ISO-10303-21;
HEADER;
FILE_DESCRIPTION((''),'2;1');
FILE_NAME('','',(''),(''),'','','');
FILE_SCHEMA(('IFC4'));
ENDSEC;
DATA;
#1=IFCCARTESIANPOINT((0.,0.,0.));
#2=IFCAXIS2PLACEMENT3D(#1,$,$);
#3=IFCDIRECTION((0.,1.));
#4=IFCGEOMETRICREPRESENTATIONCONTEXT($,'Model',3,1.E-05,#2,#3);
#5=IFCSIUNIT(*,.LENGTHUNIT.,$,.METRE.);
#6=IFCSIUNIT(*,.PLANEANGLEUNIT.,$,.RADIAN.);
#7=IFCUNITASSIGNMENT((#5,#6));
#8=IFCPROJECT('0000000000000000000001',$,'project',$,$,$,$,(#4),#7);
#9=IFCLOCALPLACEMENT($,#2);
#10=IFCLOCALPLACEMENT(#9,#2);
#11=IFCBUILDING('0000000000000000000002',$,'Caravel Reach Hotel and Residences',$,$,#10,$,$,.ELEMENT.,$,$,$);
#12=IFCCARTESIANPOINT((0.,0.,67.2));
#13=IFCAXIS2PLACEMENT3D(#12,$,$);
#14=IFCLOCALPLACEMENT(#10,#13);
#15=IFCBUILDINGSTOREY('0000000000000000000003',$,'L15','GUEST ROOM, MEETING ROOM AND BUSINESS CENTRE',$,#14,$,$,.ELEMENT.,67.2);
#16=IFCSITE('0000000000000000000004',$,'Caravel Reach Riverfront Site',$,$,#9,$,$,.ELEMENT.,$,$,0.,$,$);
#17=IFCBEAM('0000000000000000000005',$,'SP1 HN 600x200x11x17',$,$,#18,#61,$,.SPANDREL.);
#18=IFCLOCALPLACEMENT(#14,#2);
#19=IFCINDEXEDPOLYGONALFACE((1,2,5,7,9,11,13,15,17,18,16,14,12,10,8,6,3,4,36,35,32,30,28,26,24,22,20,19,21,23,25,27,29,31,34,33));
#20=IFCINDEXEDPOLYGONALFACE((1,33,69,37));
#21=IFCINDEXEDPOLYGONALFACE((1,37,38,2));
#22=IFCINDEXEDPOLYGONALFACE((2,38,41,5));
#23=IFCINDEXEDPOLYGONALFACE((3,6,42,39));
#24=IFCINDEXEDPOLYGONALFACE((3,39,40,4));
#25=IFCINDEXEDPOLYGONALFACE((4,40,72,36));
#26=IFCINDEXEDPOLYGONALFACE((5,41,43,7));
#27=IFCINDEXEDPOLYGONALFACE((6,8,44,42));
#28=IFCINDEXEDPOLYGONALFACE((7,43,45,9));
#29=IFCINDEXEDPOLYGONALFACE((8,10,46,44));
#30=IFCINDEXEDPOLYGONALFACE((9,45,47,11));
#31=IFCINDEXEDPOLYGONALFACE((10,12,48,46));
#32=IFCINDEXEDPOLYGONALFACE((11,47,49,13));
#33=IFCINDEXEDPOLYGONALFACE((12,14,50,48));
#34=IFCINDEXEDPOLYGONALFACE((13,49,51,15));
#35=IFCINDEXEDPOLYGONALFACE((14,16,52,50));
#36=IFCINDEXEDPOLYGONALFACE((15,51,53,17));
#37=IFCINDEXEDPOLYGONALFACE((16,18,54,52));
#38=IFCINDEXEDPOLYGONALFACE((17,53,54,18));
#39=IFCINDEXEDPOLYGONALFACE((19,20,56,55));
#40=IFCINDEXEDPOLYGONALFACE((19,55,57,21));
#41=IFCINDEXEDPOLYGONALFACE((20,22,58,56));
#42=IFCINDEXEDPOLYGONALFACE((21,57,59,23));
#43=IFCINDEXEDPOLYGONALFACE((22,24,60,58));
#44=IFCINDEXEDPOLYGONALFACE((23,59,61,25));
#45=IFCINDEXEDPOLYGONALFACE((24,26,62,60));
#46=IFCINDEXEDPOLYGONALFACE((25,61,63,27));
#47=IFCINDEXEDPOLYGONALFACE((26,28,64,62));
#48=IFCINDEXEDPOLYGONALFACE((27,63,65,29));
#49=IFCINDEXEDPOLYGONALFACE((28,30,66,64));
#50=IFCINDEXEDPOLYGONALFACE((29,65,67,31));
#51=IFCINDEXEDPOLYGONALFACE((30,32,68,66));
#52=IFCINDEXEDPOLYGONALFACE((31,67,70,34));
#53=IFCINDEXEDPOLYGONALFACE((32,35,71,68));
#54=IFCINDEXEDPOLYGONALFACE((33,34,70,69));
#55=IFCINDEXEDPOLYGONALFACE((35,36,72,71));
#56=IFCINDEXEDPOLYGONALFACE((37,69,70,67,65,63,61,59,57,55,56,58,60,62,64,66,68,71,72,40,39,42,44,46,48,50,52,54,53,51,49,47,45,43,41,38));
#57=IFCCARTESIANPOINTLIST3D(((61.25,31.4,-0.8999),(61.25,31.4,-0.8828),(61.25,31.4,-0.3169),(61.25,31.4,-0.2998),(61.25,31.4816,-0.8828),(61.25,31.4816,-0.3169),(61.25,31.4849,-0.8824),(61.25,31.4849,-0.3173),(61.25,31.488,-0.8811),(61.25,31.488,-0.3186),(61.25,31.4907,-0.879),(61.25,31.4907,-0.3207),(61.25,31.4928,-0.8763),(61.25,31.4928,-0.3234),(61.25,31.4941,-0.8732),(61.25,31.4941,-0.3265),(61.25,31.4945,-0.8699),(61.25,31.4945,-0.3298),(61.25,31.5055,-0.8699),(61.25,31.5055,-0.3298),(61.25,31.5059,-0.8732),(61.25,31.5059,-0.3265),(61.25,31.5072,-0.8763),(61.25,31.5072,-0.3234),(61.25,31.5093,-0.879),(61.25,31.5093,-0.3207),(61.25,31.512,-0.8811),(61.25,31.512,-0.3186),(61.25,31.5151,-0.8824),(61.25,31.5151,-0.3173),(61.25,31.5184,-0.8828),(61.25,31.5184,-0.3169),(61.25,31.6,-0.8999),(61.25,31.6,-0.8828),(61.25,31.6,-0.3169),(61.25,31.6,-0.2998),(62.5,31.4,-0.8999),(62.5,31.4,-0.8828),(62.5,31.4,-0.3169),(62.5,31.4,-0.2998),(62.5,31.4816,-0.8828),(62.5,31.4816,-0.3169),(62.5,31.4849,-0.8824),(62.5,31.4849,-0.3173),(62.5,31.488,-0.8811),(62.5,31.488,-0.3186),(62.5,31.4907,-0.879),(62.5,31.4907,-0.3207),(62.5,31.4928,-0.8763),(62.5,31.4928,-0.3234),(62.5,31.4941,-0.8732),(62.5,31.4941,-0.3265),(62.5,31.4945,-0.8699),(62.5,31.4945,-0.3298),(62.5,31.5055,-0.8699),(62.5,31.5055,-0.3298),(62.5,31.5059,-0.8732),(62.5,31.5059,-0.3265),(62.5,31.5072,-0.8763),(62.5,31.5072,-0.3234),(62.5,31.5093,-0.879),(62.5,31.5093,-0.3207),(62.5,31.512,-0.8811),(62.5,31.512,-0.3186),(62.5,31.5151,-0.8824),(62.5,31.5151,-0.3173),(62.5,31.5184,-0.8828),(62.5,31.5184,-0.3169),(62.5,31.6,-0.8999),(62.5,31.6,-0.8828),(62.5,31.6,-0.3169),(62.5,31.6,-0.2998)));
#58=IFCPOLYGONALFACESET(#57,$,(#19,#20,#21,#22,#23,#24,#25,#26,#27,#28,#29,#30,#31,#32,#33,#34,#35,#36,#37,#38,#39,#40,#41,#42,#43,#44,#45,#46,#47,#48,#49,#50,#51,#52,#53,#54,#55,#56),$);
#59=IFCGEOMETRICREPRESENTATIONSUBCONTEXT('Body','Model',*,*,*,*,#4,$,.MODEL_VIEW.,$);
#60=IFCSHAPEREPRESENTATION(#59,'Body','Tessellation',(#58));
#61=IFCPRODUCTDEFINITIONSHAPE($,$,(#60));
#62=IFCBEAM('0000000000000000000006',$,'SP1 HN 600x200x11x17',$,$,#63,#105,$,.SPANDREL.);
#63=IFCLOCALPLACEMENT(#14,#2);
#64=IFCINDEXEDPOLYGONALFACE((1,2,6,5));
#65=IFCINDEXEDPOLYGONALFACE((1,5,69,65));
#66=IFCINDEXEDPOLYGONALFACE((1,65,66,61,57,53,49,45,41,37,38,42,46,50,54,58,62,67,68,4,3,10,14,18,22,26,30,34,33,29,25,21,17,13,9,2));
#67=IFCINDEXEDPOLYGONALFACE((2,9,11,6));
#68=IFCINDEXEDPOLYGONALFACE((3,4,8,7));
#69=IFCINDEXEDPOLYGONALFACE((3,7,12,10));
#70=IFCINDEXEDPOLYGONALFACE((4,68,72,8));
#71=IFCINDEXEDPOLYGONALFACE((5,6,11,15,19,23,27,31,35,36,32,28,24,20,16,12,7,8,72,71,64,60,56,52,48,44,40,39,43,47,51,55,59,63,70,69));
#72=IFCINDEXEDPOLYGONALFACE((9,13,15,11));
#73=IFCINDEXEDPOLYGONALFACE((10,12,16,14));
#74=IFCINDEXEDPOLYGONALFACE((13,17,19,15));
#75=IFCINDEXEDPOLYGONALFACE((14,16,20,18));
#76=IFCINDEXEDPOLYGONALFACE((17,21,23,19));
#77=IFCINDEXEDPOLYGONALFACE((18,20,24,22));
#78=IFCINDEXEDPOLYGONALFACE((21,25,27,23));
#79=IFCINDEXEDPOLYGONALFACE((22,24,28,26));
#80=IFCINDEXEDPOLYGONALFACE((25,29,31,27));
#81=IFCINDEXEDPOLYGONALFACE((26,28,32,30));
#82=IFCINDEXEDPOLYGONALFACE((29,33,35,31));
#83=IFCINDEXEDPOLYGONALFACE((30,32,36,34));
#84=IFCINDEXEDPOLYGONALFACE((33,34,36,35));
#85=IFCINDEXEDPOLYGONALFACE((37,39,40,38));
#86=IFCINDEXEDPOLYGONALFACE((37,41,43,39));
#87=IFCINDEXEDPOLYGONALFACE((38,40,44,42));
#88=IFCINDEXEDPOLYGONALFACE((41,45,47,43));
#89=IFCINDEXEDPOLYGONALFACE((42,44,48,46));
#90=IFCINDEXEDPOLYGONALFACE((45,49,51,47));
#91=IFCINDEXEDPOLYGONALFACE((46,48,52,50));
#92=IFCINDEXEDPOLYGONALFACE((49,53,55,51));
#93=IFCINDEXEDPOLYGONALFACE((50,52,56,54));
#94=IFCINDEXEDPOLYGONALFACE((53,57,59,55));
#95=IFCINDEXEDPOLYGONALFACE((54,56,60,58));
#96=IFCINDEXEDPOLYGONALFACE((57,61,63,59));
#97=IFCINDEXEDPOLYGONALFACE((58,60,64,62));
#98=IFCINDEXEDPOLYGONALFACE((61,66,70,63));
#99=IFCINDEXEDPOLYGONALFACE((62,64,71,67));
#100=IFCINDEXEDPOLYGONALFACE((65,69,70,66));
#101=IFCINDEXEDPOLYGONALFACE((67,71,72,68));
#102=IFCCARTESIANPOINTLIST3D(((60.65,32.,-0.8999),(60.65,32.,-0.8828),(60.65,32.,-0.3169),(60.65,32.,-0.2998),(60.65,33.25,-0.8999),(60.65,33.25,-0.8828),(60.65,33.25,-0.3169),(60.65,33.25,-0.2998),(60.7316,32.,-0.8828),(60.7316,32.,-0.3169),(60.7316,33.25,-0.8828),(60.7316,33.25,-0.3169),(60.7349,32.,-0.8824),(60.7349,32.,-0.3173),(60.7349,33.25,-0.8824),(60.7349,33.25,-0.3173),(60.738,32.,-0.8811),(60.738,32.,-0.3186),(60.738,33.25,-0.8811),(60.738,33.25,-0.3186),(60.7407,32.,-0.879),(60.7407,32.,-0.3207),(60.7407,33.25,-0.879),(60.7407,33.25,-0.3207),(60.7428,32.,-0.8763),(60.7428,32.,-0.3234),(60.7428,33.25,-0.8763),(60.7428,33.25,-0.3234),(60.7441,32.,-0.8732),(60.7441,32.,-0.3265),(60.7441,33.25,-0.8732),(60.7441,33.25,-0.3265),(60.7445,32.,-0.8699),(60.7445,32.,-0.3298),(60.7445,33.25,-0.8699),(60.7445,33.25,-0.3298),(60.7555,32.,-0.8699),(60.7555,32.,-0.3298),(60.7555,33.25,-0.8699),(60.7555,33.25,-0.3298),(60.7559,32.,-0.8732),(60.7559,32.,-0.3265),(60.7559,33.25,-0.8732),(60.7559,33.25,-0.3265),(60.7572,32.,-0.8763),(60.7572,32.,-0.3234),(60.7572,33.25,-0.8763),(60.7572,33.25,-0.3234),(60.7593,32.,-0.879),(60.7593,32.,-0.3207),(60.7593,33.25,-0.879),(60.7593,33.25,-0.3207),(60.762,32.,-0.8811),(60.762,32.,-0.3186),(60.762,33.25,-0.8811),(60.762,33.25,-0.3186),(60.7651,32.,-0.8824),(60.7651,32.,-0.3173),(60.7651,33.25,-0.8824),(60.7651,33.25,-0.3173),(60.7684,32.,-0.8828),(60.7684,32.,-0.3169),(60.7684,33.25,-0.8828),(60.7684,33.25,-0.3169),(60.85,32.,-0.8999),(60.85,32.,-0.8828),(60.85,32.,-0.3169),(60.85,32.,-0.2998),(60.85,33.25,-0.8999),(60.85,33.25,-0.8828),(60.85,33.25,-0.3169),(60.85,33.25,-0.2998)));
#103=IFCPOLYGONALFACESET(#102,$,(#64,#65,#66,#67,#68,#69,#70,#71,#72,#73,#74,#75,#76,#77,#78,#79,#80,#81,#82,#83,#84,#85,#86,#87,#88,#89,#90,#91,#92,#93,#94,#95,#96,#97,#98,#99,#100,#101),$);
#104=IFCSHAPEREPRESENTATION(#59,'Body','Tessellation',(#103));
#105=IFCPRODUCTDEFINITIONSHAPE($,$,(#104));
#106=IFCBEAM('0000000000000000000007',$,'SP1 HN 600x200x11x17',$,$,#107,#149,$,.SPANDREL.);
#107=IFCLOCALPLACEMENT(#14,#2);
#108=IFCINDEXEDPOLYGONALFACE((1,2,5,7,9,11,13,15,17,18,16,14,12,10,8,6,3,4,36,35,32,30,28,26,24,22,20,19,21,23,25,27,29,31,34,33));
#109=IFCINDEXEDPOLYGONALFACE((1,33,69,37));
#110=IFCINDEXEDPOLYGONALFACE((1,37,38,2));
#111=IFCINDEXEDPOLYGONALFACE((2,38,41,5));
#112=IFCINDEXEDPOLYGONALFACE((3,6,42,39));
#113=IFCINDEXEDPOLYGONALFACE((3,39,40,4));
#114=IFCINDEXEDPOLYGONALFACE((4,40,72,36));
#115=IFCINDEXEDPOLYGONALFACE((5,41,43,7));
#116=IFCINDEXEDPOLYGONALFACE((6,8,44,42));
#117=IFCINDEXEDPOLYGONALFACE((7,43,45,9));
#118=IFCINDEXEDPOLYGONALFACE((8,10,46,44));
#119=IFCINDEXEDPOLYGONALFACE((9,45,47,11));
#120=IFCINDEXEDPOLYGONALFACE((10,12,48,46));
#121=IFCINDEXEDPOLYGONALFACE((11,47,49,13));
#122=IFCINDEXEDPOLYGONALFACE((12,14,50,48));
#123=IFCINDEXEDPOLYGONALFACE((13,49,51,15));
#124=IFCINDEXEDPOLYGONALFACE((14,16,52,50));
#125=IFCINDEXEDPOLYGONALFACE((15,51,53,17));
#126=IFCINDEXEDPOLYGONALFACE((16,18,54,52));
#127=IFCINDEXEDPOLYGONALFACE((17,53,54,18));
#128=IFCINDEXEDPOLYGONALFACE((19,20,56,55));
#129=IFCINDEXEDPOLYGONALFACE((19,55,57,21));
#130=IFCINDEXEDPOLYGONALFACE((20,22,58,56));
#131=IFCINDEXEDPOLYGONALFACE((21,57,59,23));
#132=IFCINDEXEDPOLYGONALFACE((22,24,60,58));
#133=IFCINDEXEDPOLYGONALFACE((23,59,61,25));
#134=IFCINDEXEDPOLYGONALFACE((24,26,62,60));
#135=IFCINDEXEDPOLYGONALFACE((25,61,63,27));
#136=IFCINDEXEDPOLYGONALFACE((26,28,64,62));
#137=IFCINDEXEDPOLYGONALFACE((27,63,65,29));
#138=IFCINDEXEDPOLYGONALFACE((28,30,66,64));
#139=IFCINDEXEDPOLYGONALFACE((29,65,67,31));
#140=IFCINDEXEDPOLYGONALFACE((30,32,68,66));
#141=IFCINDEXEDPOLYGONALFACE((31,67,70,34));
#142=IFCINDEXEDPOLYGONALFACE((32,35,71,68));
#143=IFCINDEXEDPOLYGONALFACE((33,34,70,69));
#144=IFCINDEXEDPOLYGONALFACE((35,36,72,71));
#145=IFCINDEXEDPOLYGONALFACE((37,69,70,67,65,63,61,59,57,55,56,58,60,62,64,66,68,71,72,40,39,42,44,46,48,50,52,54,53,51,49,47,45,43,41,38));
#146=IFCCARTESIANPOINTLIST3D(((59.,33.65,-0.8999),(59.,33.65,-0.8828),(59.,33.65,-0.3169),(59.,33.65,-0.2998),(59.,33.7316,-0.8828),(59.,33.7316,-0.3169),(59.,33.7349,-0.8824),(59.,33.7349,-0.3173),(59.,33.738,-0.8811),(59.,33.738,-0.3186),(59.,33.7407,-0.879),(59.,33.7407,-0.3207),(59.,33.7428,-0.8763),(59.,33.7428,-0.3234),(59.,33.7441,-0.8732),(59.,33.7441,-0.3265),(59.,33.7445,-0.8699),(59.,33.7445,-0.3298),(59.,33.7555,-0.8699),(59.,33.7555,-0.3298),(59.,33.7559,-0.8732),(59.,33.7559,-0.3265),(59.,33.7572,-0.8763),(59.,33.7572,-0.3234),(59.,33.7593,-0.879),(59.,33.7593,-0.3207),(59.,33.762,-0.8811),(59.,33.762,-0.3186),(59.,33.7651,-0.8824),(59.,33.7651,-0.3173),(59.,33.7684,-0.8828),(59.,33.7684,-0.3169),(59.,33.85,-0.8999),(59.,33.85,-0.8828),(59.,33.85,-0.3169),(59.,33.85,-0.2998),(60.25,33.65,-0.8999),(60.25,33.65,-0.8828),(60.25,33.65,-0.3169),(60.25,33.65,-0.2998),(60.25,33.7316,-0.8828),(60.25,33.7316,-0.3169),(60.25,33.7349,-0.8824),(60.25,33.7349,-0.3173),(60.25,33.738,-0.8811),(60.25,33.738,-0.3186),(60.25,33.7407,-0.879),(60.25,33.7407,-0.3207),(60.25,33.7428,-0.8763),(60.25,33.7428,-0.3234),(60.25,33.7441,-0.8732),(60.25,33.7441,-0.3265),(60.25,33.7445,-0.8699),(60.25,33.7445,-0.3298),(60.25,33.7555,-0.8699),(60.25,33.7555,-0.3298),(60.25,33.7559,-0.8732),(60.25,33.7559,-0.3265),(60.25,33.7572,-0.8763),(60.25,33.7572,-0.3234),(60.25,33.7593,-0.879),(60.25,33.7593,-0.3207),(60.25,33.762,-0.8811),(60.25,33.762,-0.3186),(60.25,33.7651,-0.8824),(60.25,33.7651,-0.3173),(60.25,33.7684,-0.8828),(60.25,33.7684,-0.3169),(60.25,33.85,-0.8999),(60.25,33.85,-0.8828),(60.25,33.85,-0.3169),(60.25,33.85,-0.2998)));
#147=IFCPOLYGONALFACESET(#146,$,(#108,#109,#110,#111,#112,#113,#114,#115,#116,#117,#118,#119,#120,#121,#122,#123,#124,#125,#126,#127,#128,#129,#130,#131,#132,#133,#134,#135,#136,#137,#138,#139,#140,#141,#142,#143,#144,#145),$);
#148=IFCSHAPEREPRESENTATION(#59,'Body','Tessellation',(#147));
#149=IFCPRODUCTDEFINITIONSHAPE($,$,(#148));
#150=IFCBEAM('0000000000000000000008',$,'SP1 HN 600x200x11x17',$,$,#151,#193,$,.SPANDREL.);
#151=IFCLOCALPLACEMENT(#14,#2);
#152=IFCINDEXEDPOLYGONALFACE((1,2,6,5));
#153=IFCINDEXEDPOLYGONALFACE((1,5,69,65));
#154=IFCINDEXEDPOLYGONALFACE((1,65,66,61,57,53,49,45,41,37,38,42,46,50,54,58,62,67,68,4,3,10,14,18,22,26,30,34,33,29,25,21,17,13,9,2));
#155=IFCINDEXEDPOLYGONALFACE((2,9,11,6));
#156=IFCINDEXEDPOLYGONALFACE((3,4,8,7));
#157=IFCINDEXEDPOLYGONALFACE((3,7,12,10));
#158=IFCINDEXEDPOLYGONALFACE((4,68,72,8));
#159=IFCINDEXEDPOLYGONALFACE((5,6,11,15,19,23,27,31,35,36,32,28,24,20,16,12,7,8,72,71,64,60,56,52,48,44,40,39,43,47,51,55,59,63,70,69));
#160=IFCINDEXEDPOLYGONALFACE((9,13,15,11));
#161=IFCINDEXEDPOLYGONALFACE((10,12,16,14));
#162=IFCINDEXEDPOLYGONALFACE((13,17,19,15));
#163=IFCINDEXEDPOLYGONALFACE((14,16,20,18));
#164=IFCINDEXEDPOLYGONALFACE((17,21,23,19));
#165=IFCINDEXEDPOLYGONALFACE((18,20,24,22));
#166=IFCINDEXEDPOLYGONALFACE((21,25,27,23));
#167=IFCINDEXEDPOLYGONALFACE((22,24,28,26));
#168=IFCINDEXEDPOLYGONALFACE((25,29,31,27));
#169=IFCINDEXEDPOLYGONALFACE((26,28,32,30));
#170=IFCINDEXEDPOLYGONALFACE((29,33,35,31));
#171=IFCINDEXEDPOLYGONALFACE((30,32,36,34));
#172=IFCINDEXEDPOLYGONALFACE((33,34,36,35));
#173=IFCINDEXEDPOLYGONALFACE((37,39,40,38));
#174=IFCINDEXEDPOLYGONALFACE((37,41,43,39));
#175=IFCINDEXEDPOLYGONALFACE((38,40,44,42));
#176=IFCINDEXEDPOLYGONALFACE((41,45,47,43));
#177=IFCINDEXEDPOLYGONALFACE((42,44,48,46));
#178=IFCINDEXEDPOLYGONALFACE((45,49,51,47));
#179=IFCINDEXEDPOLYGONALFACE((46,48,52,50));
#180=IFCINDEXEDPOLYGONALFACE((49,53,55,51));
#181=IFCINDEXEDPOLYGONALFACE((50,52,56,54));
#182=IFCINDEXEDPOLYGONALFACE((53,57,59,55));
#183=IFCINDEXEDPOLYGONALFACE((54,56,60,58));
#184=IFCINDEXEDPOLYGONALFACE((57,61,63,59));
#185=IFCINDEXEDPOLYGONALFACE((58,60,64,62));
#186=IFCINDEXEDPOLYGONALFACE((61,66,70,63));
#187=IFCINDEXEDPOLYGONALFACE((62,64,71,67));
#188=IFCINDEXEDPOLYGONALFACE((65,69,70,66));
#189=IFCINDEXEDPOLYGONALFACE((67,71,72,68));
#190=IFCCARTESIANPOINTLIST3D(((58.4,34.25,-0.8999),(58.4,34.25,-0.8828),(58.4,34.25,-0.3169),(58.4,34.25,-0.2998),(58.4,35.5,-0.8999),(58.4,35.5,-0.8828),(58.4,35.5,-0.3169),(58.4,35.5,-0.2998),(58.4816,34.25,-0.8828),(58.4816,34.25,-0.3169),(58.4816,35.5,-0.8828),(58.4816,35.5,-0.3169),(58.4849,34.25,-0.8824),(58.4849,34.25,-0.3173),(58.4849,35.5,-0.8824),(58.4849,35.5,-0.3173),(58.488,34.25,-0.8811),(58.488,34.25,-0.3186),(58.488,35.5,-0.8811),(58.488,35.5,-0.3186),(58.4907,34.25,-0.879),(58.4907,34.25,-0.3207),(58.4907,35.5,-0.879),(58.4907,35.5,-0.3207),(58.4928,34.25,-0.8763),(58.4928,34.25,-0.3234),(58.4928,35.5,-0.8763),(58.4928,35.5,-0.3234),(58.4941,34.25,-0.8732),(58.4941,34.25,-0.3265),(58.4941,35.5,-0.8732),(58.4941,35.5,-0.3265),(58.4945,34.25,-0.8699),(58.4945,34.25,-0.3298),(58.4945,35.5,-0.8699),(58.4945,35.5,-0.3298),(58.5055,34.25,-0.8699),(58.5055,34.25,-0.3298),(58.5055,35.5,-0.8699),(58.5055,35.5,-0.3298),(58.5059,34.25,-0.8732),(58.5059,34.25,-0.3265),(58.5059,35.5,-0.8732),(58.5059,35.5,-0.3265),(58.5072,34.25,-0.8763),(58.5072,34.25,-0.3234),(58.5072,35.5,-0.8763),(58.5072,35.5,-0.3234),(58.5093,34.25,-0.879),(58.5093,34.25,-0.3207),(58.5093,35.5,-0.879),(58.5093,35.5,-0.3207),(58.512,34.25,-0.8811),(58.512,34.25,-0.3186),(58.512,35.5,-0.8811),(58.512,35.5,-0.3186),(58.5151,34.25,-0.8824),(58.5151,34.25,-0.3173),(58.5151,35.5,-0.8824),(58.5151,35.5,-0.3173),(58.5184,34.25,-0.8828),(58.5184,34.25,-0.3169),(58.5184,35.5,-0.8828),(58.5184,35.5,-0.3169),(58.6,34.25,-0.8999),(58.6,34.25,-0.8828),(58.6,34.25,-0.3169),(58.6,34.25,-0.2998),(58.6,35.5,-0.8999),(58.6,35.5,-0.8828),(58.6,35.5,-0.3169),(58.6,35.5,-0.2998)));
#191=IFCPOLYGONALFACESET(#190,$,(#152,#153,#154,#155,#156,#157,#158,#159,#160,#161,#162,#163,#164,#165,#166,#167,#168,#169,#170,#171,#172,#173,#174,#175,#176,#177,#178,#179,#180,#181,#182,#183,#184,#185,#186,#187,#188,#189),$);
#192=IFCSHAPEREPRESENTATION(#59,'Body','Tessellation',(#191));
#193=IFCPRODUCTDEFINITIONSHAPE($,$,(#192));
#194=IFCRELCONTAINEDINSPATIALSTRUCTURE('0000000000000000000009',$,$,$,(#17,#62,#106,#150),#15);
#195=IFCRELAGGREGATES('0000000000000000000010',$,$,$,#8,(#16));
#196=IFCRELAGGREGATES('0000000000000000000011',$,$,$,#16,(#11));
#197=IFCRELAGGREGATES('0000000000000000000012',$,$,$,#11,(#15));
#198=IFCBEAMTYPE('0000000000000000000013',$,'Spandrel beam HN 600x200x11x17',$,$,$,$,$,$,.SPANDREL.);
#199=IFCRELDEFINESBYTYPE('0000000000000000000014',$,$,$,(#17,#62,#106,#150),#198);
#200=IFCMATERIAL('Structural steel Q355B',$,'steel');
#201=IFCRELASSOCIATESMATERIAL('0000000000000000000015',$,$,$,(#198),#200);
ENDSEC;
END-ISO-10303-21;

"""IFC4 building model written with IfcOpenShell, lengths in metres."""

from ifc_helpers import new_model, si_unit, direction, frame, origin, origin_2d, place, context, subcontext, project, spatial, i_section, extrude, material, material_profile, profile_set, type_object, element, save


model = new_model("IFC4")

# Units and contexts
model_context = context("Model", 3, precision=1e-05, world=origin(), true_north=direction((0.0, 1.0)))
body_context = subcontext(model_context, "Body", "Model", "MODEL_VIEW")
ifc_project = project(units=[si_unit("LENGTHUNIT", "METRE"), si_unit("PLANEANGLEUNIT", "RADIAN")], contexts=[model_context])

# Site, building, storey
site_placement = place(None, origin())
site = spatial("IfcSite", under=ifc_project, at=site_placement, Name="Caravel Reach Riverfront Site", CompositionType="ELEMENT", RefElevation=0.0)
building_placement = place(site_placement, origin())
building = spatial("IfcBuilding", under=site, at=building_placement, Name="Caravel Reach Hotel and Residences", CompositionType="ELEMENT")
storey_placement = place(building_placement, frame((0.0, 0.0, 67.2)))
storey = spatial("IfcBuildingStorey", under=building, at=storey_placement, Name="L15", Description="GUEST ROOM, MEETING ROOM AND BUSINESS CENTRE", CompositionType="ELEMENT", Elevation=67.2)

# Beams
ifc_material_1 = material(Name="Structural steel Q355B", Category="steel")
ifc_material_profile_1 = material_profile(ifc_material_1, i_section(OverallWidth=0.2, OverallDepth=0.6001, WebThickness=0.011, FlangeThickness=0.0171, FilletRadius=0.0129, at=origin_2d()), Name="HN 600x200x11x17")
ifc_profile_set_1 = profile_set([ifc_material_profile_1], Name="Structural steel Q355B")
beam_type_1 = type_object("IfcBeamType", Name="Spandrel beam HN 600x200x11x17", PredefinedType="SPANDREL", material=ifc_profile_set_1)
for number, where, z_axis, x_axis, name in (
    (1, (62.5, 31.5, -0.5999), (-1.0, 0.0, 0.0), (0.0, -1.0, 0.0), "SP1 HN 600x200x11x17"),
    (2, (60.75, 32.0, -0.5999), (0.0, 1.0, 0.0), (-1.0, 0.0, 0.0), "SP1 HN 600x200x11x17"),
    (3, (60.25, 33.75, -0.5999), (-1.0, 0.0, 0.0), (0.0, -1.0, 0.0), "SP1 HN 600x200x11x17"),
    (4, (58.5, 34.25, -0.5999), (0.0, 1.0, 0.0), (-1.0, 0.0, 0.0), "SP1 HN 600x200x11x17"),
):
    element("IfcBeam", number, at=place(storey_placement, frame(where, z_axis=z_axis, x_axis=x_axis)), inside=storey, type_object=beam_type_1, Name=name, PredefinedType="SPANDREL", context=body_context, shape_type="SweptSolid", body=[
        extrude(i_section(OverallWidth=0.2, OverallDepth=0.6001, WebThickness=0.011, FlangeThickness=0.0171, FilletRadius=0.0129, at=origin_2d()), origin(), (0.0, 0.0, 1.0), 1.25),
    ])

save(model, "model.ifc")
